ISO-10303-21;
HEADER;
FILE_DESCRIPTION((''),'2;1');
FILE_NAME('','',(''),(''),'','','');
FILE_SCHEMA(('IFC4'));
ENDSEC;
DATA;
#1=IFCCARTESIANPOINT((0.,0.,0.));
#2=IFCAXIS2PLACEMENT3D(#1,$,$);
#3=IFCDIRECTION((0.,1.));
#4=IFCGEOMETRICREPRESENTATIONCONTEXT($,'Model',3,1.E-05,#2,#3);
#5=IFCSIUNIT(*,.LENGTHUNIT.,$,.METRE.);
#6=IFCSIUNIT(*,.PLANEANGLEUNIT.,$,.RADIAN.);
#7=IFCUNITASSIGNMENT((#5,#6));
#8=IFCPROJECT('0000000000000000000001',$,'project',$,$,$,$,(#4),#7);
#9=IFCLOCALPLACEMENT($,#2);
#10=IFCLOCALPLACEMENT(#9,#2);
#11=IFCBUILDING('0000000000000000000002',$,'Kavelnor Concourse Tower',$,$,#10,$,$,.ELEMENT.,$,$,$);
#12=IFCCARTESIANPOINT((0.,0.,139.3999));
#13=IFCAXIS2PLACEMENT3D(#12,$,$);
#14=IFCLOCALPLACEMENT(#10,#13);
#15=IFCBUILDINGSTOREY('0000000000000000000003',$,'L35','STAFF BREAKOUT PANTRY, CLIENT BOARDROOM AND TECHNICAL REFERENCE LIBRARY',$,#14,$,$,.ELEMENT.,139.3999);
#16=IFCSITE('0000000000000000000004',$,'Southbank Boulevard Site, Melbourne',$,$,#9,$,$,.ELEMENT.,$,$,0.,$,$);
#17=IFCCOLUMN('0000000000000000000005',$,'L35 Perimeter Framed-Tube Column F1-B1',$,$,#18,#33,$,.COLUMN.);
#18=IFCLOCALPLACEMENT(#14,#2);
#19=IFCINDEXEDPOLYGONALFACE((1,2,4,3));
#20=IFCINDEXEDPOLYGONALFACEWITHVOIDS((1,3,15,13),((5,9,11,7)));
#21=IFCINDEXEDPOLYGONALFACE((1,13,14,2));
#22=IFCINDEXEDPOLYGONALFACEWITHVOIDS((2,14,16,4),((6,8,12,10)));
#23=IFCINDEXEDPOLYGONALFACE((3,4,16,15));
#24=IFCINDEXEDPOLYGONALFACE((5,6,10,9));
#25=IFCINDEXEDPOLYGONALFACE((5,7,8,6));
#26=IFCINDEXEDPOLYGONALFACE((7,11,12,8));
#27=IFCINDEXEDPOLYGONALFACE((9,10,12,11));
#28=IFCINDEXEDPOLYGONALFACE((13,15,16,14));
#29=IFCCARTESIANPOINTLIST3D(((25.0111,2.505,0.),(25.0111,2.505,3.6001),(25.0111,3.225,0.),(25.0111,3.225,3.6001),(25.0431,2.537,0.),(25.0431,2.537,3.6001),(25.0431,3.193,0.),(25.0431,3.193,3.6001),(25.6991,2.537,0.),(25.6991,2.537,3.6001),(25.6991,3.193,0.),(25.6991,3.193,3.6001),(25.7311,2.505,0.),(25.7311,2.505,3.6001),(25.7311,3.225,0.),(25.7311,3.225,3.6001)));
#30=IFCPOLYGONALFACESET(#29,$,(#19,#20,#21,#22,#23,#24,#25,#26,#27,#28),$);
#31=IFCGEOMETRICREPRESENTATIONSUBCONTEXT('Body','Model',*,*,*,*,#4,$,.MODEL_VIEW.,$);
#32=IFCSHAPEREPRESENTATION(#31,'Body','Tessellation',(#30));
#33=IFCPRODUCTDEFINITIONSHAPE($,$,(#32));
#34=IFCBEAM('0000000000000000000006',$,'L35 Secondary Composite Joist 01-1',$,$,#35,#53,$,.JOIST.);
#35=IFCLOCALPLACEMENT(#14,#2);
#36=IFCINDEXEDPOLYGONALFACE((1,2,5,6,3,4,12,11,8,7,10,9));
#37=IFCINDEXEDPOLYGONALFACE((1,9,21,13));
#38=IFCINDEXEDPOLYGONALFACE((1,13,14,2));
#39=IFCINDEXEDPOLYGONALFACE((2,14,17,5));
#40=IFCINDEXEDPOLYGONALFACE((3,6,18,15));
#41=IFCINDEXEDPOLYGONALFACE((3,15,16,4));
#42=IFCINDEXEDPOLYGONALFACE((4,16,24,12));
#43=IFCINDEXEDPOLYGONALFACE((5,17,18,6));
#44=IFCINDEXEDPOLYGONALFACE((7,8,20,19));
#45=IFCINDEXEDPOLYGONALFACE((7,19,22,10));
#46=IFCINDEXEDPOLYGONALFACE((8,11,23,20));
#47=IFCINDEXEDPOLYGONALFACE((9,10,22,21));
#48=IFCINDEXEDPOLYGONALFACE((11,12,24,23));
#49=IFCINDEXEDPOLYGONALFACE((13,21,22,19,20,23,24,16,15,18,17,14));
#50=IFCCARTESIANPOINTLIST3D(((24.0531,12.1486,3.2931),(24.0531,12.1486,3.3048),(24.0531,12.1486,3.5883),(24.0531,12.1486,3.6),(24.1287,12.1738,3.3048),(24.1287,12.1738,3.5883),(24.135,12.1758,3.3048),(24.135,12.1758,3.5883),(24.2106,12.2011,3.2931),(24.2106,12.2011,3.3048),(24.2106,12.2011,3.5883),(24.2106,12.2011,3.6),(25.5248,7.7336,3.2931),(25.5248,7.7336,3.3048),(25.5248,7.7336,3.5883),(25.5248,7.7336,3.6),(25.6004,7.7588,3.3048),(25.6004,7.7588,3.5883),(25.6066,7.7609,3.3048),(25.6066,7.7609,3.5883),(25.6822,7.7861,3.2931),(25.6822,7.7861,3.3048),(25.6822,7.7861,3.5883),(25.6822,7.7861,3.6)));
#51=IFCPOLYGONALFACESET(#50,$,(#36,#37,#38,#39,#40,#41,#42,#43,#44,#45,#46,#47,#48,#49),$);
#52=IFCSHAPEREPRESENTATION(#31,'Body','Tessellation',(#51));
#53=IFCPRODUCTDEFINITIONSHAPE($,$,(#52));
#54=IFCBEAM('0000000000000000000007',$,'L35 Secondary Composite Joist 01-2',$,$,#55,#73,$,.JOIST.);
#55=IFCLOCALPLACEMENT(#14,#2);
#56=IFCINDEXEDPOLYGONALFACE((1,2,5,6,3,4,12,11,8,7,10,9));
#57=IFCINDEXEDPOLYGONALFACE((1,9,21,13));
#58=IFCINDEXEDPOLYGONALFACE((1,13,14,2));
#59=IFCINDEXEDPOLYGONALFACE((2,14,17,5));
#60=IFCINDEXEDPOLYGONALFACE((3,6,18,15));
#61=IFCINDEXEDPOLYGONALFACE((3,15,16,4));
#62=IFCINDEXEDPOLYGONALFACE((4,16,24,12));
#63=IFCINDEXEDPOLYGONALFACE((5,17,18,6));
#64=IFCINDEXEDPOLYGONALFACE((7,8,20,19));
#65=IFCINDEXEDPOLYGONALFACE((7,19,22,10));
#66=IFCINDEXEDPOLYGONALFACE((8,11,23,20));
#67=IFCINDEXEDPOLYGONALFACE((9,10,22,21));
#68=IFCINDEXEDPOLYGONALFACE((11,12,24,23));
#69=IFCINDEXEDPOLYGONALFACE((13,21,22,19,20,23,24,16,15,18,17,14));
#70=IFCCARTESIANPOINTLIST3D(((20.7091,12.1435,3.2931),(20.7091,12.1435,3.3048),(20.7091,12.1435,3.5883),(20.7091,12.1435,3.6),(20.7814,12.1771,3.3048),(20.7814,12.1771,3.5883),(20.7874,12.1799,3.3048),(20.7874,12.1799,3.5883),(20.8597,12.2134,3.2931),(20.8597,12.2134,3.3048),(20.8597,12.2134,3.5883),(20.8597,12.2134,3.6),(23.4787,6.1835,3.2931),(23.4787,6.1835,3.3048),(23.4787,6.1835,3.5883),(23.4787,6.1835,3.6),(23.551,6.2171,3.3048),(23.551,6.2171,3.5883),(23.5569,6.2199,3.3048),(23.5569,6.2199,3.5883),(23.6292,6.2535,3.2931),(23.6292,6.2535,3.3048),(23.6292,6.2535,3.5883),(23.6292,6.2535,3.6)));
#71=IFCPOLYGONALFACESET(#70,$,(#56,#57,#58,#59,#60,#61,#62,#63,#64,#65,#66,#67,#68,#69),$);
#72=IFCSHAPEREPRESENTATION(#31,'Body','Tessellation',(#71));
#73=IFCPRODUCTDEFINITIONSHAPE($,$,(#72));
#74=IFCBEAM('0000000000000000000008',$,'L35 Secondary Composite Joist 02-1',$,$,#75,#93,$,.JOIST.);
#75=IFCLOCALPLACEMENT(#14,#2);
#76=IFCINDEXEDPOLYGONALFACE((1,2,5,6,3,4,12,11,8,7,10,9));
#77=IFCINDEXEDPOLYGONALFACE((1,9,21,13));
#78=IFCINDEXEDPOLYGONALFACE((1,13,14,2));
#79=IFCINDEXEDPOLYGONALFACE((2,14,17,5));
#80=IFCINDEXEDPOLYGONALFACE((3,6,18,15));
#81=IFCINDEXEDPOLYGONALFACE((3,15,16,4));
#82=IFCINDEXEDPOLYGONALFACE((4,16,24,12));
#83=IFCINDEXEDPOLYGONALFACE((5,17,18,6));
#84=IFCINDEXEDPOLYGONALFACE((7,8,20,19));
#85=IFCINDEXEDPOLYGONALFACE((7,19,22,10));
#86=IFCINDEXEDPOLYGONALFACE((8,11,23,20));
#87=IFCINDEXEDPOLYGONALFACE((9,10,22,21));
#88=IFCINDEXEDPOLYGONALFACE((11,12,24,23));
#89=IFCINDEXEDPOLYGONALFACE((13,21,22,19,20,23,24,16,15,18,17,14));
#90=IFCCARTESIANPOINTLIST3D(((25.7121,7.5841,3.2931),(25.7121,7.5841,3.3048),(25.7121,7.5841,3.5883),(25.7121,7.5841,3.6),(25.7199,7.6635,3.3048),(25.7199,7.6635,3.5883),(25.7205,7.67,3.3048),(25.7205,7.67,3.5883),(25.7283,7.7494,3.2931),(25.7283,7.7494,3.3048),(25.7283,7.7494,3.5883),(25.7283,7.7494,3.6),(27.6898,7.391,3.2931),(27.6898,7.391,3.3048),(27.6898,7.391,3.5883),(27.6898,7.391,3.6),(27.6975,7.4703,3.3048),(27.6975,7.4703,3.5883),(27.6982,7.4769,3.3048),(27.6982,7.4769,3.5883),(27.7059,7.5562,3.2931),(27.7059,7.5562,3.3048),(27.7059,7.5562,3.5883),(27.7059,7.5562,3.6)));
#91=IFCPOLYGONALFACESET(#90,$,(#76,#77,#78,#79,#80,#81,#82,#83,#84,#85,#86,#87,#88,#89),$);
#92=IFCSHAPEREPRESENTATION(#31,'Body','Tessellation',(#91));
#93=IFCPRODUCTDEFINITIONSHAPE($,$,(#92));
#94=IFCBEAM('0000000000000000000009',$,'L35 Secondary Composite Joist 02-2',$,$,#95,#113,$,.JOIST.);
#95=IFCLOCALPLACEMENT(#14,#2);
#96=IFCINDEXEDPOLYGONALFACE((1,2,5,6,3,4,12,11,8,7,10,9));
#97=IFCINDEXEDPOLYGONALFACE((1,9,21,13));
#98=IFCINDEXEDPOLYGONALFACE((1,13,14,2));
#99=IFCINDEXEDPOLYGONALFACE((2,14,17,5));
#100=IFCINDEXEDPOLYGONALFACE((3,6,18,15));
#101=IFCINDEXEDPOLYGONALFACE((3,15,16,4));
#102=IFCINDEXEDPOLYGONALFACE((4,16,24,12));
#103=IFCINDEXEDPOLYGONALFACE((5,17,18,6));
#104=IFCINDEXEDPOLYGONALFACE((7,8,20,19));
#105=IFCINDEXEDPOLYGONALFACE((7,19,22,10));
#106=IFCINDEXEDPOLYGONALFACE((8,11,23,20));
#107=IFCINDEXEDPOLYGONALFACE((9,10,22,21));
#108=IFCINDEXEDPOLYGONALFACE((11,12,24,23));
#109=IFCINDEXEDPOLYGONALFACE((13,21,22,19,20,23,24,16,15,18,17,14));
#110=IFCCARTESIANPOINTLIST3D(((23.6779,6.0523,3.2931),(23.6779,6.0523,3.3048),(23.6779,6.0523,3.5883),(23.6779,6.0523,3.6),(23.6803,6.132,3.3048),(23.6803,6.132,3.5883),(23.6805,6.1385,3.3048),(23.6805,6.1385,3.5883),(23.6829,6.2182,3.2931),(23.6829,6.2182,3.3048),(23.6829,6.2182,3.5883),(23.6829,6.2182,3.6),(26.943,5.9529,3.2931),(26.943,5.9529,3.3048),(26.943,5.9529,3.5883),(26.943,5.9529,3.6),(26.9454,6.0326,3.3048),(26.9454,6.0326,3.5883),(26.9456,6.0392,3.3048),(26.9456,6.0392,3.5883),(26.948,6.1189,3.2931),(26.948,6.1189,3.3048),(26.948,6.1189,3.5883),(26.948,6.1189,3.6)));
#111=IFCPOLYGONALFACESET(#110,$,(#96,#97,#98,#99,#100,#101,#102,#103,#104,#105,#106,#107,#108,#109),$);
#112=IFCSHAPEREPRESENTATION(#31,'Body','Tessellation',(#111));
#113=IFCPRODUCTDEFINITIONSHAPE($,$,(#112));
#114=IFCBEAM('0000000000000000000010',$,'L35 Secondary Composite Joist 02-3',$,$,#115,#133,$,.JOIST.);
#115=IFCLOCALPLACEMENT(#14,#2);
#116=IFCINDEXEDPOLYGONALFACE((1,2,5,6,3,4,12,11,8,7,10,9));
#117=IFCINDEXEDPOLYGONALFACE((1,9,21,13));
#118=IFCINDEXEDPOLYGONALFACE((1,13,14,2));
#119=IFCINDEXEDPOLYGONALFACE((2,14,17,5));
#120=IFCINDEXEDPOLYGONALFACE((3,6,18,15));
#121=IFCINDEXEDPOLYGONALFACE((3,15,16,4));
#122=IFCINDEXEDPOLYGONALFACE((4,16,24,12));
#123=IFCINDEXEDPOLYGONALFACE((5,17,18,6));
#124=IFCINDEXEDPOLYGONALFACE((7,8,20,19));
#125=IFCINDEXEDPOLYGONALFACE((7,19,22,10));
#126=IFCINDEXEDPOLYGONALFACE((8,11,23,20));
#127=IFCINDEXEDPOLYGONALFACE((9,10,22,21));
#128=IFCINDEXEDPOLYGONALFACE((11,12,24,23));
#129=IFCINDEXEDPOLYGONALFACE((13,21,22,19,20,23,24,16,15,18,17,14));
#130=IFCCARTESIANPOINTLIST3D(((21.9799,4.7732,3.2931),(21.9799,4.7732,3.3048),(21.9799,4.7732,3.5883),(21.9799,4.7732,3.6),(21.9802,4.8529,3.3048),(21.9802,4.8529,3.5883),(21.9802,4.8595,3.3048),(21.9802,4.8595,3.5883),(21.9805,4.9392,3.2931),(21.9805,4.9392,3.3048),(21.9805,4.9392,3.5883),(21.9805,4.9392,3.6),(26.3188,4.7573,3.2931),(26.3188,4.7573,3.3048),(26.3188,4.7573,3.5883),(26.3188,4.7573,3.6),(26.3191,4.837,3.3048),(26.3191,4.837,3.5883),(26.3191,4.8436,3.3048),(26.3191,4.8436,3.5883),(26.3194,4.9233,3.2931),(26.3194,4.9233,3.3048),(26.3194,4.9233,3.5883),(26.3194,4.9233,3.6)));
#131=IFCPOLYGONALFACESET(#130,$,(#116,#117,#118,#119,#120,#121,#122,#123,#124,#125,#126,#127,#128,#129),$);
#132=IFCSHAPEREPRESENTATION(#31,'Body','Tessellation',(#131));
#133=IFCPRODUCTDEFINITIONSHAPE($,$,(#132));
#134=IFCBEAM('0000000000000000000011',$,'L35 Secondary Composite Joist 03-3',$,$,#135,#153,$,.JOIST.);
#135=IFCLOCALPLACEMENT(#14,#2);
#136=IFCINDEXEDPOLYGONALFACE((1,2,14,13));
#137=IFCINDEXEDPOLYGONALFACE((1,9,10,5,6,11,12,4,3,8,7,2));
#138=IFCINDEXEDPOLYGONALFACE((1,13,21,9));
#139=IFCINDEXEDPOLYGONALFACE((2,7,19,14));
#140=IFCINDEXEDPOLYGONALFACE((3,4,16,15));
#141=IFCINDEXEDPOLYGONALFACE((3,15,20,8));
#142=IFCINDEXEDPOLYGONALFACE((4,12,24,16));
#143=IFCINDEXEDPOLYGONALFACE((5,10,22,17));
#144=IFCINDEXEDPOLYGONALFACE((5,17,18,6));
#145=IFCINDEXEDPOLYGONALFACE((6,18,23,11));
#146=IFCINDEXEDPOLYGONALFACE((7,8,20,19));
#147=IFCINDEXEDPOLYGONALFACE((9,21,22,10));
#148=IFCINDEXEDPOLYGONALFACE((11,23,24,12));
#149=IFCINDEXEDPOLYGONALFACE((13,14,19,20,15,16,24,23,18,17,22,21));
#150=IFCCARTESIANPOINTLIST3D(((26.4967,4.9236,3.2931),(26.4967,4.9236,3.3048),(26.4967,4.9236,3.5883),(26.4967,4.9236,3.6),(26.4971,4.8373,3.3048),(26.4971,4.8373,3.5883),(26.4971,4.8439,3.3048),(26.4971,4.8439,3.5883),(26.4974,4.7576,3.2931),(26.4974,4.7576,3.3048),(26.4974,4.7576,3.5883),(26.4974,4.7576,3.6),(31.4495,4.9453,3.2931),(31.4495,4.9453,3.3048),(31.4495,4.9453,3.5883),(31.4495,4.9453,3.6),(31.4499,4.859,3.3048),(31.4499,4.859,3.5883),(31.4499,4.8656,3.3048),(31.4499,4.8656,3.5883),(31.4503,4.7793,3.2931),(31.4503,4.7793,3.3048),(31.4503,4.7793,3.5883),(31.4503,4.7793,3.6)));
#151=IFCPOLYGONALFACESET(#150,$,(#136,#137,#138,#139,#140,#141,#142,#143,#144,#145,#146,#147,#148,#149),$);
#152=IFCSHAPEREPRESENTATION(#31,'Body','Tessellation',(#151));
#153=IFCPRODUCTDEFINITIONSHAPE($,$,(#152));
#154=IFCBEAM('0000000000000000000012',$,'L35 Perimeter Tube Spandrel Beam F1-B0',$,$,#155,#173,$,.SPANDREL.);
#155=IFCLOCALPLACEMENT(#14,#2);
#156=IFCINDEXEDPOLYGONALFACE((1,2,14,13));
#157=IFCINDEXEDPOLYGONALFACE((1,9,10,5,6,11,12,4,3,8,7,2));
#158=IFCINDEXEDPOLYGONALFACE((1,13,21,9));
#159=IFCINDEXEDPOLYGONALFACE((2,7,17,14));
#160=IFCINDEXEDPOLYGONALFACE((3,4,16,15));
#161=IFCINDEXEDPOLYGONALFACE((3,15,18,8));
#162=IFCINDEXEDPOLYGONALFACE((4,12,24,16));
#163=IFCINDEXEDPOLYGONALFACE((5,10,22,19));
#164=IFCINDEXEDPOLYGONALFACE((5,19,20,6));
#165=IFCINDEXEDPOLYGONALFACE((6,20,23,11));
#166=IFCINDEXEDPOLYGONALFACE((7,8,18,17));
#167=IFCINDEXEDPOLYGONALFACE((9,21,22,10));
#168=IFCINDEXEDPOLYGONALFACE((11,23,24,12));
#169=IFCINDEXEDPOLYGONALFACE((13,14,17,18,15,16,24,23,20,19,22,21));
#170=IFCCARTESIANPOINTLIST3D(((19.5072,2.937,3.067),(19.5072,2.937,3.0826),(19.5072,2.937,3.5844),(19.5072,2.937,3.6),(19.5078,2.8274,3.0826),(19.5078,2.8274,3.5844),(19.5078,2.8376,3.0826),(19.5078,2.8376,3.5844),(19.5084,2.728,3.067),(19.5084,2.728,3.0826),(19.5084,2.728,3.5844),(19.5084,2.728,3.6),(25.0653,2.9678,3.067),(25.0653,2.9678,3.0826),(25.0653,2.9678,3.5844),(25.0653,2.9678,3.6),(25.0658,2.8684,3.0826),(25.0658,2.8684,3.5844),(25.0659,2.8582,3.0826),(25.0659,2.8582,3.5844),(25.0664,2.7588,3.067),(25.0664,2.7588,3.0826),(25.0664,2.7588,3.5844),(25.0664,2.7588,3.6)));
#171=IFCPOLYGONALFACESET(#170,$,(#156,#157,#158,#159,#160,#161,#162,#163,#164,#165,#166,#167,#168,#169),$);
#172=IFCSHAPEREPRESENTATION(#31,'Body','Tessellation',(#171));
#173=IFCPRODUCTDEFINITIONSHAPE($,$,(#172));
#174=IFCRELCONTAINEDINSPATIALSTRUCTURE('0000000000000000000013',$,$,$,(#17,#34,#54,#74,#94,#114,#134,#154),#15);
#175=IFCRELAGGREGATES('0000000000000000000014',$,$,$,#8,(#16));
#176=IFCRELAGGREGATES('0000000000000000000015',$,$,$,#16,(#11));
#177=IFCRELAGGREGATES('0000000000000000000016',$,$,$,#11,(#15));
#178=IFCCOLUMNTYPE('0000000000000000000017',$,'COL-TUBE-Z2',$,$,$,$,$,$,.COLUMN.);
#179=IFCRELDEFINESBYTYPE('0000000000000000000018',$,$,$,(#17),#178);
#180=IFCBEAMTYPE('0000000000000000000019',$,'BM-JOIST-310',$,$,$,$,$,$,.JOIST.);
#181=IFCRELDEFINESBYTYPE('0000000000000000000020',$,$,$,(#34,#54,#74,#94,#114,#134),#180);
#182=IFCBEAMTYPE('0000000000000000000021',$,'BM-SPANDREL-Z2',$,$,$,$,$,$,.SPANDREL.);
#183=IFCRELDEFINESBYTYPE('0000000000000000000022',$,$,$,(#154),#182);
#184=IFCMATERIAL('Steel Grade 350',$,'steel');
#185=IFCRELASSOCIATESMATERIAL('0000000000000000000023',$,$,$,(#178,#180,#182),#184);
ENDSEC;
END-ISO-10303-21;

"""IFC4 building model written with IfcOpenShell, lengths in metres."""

from ifc_helpers import new_model, si_unit, direction, frame, origin, origin_2d, place, context, subcontext, project, spatial, hollow_rectangle, i_section, extrude, material, material_profile, profile_set, type_object, element, save


model = new_model("IFC4")

# Units and contexts
model_context = context("Model", 3, precision=1e-05, world=origin(), true_north=direction((0.0, 1.0)))
body_context = subcontext(model_context, "Body", "Model", "MODEL_VIEW")
ifc_project = project(units=[si_unit("LENGTHUNIT", "METRE"), si_unit("PLANEANGLEUNIT", "RADIAN")], contexts=[model_context])

# Site, building, storey
site_placement = place(None, origin())
site = spatial("IfcSite", under=ifc_project, at=site_placement, Name="Southbank Boulevard Site, Melbourne", CompositionType="ELEMENT", RefElevation=0.0)
building_placement = place(site_placement, origin())
building = spatial("IfcBuilding", under=site, at=building_placement, Name="Kavelnor Concourse Tower", CompositionType="ELEMENT")
storey_placement = place(building_placement, frame((0.0, 0.0, 139.3999)))
storey = spatial("IfcBuildingStorey", under=building, at=storey_placement, Name="L35", Description="STAFF BREAKOUT PANTRY, CLIENT BOARDROOM AND TECHNICAL REFERENCE LIBRARY", CompositionType="ELEMENT", Elevation=139.3999)

# Column
ifc_material_1 = material(Name="Steel Grade 350", Category="steel")
ifc_material_profile_1 = material_profile(ifc_material_1, hollow_rectangle(XDim=0.72, YDim=0.72, WallThickness=0.032, at=origin_2d()), Name="SHS 720x720x32")
ifc_profile_set_1 = profile_set([ifc_material_profile_1], Name="Steel Grade 350")
column_type = type_object("IfcColumnType", Name="COL-TUBE-Z2", PredefinedType="COLUMN", material=ifc_profile_set_1)
column_placement = place(storey_placement, frame((25.3711, 2.865, 0.0), z_axis=(0.0, 0.0, 1.0), x_axis=(1.0, 0.0, 0.0)))
element("IfcColumn", 1, at=column_placement, inside=storey, type_object=column_type, Name="L35 Perimeter Framed-Tube Column F1-B1", PredefinedType="COLUMN", context=body_context, shape_type="SweptSolid", body=[
    extrude(hollow_rectangle(XDim=0.72, YDim=0.72, WallThickness=0.032, at=origin_2d()), origin(), (0.0, 0.0, 1.0), 3.6001),
])

# Beams
ifc_material_profile_2 = material_profile(ifc_material_1, i_section(OverallWidth=0.166, OverallDepth=0.3069, WebThickness=0.0066, FlangeThickness=0.0117, at=origin_2d()), Name="310UB46")
ifc_profile_set_2 = profile_set([ifc_material_profile_2], Name="Steel Grade 350")
beam_type_1 = type_object("IfcBeamType", Name="BM-JOIST-310", PredefinedType="JOIST", material=ifc_profile_set_2)
beam_1_placement = place(storey_placement, frame((24.1318, 12.1748, 3.4465), z_axis=(0.316228, -0.948683, 0.0), x_axis=(0.948683, 0.316228, 0.0)))
element("IfcBeam", 2, at=beam_1_placement, inside=storey, type_object=beam_type_1, Name="L35 Secondary Composite Joist 01-1", PredefinedType="JOIST", context=body_context, shape_type="SweptSolid", body=[
    extrude(i_section(OverallWidth=0.166, OverallDepth=0.3069, WebThickness=0.0066, FlangeThickness=0.0117, at=origin_2d()), origin(), (0.0, 0.0, 1.0), 4.6538),
])
beam_2_placement = place(storey_placement, frame((20.7844, 12.1785, 3.4465), z_axis=(0.421413, -0.906869, 0.0), x_axis=(0.906869, 0.421413, 0.0)))
element("IfcBeam", 3, at=beam_2_placement, inside=storey, type_object=beam_type_1, Name="L35 Secondary Composite Joist 01-2", PredefinedType="JOIST", context=body_context, shape_type="SweptSolid", body=[
    extrude(i_section(OverallWidth=0.166, OverallDepth=0.3069, WebThickness=0.0066, FlangeThickness=0.0117, at=origin_2d()), origin(), (0.0, 0.0, 1.0), 6.572),
])
beam_3_placement = place(storey_placement, frame((25.7202, 7.6667, 3.4465), z_axis=(0.995266, -0.097192, 0.0), x_axis=(0.097192, 0.995266, 0.0)))
element("IfcBeam", 4, at=beam_3_placement, inside=storey, type_object=beam_type_1, Name="L35 Secondary Composite Joist 02-1", PredefinedType="JOIST", context=body_context, shape_type="SweptSolid", body=[
    extrude(i_section(OverallWidth=0.166, OverallDepth=0.3069, WebThickness=0.0066, FlangeThickness=0.0117, at=origin_2d()), origin(), (0.0, 0.0, 1.0), 1.9871),
])
beam_4_placement = place(storey_placement, frame((23.6804, 6.1353, 3.4465), z_axis=(0.999537, -0.030418, 0.0), x_axis=(0.030418, 0.999537, 0.0)))
element("IfcBeam", 5, at=beam_4_placement, inside=storey, type_object=beam_type_1, Name="L35 Secondary Composite Joist 02-2", PredefinedType="JOIST", context=body_context, shape_type="SweptSolid", body=[
    extrude(i_section(OverallWidth=0.166, OverallDepth=0.3069, WebThickness=0.0066, FlangeThickness=0.0117, at=origin_2d()), origin(), (0.0, 0.0, 1.0), 3.2666),
])
beam_5_placement = place(storey_placement, frame((21.9802, 4.8562, 3.4465), z_axis=(0.999993, -0.003657, 0.0), x_axis=(0.003657, 0.999993, 0.0)))
element("IfcBeam", 6, at=beam_5_placement, inside=storey, type_object=beam_type_1, Name="L35 Secondary Composite Joist 02-3", PredefinedType="JOIST", context=body_context, shape_type="SweptSolid", body=[
    extrude(i_section(OverallWidth=0.166, OverallDepth=0.3069, WebThickness=0.0066, FlangeThickness=0.0117, at=origin_2d()), origin(), (0.0, 0.0, 1.0), 4.3389),
])
beam_6_placement = place(storey_placement, frame((26.4971, 4.8406, 3.4465), z_axis=(0.99999, 0.004387, 0.0), x_axis=(-0.004387, 0.99999, 0.0)))
element("IfcBeam", 7, at=beam_6_placement, inside=storey, type_object=beam_type_1, Name="L35 Secondary Composite Joist 03-3", PredefinedType="JOIST", context=body_context, shape_type="SweptSolid", body=[
    extrude(i_section(OverallWidth=0.166, OverallDepth=0.3069, WebThickness=0.0066, FlangeThickness=0.0117, at=origin_2d()), origin(), (0.0, 0.0, 1.0), 4.9529),
])
ifc_material_profile_3 = material_profile(ifc_material_1, i_section(OverallWidth=0.209, OverallDepth=0.533, WebThickness=0.0103, FlangeThickness=0.0156, at=origin_2d()), Name="530UB92")
ifc_profile_set_3 = profile_set([ifc_material_profile_3], Name="Steel Grade 350")
beam_type_2 = type_object("IfcBeamType", Name="BM-SPANDREL-Z2", PredefinedType="SPANDREL", material=ifc_profile_set_3)
beam_7_placement = place(storey_placement, frame((19.5078, 2.8325, 3.3335), z_axis=(0.999985, 0.005534, 0.0), x_axis=(-0.005534, 0.999985, 0.0)))
element("IfcBeam", 8, at=beam_7_placement, inside=storey, type_object=beam_type_2, Name="L35 Perimeter Tube Spandrel Beam F1-B0", PredefinedType="SPANDREL", context=body_context, shape_type="SweptSolid", body=[
    extrude(i_section(OverallWidth=0.209, OverallDepth=0.533, WebThickness=0.0103, FlangeThickness=0.0156, at=origin_2d()), origin(), (0.0, 0.0, 1.0), 5.5581),
])

save(model, "model.ifc")
